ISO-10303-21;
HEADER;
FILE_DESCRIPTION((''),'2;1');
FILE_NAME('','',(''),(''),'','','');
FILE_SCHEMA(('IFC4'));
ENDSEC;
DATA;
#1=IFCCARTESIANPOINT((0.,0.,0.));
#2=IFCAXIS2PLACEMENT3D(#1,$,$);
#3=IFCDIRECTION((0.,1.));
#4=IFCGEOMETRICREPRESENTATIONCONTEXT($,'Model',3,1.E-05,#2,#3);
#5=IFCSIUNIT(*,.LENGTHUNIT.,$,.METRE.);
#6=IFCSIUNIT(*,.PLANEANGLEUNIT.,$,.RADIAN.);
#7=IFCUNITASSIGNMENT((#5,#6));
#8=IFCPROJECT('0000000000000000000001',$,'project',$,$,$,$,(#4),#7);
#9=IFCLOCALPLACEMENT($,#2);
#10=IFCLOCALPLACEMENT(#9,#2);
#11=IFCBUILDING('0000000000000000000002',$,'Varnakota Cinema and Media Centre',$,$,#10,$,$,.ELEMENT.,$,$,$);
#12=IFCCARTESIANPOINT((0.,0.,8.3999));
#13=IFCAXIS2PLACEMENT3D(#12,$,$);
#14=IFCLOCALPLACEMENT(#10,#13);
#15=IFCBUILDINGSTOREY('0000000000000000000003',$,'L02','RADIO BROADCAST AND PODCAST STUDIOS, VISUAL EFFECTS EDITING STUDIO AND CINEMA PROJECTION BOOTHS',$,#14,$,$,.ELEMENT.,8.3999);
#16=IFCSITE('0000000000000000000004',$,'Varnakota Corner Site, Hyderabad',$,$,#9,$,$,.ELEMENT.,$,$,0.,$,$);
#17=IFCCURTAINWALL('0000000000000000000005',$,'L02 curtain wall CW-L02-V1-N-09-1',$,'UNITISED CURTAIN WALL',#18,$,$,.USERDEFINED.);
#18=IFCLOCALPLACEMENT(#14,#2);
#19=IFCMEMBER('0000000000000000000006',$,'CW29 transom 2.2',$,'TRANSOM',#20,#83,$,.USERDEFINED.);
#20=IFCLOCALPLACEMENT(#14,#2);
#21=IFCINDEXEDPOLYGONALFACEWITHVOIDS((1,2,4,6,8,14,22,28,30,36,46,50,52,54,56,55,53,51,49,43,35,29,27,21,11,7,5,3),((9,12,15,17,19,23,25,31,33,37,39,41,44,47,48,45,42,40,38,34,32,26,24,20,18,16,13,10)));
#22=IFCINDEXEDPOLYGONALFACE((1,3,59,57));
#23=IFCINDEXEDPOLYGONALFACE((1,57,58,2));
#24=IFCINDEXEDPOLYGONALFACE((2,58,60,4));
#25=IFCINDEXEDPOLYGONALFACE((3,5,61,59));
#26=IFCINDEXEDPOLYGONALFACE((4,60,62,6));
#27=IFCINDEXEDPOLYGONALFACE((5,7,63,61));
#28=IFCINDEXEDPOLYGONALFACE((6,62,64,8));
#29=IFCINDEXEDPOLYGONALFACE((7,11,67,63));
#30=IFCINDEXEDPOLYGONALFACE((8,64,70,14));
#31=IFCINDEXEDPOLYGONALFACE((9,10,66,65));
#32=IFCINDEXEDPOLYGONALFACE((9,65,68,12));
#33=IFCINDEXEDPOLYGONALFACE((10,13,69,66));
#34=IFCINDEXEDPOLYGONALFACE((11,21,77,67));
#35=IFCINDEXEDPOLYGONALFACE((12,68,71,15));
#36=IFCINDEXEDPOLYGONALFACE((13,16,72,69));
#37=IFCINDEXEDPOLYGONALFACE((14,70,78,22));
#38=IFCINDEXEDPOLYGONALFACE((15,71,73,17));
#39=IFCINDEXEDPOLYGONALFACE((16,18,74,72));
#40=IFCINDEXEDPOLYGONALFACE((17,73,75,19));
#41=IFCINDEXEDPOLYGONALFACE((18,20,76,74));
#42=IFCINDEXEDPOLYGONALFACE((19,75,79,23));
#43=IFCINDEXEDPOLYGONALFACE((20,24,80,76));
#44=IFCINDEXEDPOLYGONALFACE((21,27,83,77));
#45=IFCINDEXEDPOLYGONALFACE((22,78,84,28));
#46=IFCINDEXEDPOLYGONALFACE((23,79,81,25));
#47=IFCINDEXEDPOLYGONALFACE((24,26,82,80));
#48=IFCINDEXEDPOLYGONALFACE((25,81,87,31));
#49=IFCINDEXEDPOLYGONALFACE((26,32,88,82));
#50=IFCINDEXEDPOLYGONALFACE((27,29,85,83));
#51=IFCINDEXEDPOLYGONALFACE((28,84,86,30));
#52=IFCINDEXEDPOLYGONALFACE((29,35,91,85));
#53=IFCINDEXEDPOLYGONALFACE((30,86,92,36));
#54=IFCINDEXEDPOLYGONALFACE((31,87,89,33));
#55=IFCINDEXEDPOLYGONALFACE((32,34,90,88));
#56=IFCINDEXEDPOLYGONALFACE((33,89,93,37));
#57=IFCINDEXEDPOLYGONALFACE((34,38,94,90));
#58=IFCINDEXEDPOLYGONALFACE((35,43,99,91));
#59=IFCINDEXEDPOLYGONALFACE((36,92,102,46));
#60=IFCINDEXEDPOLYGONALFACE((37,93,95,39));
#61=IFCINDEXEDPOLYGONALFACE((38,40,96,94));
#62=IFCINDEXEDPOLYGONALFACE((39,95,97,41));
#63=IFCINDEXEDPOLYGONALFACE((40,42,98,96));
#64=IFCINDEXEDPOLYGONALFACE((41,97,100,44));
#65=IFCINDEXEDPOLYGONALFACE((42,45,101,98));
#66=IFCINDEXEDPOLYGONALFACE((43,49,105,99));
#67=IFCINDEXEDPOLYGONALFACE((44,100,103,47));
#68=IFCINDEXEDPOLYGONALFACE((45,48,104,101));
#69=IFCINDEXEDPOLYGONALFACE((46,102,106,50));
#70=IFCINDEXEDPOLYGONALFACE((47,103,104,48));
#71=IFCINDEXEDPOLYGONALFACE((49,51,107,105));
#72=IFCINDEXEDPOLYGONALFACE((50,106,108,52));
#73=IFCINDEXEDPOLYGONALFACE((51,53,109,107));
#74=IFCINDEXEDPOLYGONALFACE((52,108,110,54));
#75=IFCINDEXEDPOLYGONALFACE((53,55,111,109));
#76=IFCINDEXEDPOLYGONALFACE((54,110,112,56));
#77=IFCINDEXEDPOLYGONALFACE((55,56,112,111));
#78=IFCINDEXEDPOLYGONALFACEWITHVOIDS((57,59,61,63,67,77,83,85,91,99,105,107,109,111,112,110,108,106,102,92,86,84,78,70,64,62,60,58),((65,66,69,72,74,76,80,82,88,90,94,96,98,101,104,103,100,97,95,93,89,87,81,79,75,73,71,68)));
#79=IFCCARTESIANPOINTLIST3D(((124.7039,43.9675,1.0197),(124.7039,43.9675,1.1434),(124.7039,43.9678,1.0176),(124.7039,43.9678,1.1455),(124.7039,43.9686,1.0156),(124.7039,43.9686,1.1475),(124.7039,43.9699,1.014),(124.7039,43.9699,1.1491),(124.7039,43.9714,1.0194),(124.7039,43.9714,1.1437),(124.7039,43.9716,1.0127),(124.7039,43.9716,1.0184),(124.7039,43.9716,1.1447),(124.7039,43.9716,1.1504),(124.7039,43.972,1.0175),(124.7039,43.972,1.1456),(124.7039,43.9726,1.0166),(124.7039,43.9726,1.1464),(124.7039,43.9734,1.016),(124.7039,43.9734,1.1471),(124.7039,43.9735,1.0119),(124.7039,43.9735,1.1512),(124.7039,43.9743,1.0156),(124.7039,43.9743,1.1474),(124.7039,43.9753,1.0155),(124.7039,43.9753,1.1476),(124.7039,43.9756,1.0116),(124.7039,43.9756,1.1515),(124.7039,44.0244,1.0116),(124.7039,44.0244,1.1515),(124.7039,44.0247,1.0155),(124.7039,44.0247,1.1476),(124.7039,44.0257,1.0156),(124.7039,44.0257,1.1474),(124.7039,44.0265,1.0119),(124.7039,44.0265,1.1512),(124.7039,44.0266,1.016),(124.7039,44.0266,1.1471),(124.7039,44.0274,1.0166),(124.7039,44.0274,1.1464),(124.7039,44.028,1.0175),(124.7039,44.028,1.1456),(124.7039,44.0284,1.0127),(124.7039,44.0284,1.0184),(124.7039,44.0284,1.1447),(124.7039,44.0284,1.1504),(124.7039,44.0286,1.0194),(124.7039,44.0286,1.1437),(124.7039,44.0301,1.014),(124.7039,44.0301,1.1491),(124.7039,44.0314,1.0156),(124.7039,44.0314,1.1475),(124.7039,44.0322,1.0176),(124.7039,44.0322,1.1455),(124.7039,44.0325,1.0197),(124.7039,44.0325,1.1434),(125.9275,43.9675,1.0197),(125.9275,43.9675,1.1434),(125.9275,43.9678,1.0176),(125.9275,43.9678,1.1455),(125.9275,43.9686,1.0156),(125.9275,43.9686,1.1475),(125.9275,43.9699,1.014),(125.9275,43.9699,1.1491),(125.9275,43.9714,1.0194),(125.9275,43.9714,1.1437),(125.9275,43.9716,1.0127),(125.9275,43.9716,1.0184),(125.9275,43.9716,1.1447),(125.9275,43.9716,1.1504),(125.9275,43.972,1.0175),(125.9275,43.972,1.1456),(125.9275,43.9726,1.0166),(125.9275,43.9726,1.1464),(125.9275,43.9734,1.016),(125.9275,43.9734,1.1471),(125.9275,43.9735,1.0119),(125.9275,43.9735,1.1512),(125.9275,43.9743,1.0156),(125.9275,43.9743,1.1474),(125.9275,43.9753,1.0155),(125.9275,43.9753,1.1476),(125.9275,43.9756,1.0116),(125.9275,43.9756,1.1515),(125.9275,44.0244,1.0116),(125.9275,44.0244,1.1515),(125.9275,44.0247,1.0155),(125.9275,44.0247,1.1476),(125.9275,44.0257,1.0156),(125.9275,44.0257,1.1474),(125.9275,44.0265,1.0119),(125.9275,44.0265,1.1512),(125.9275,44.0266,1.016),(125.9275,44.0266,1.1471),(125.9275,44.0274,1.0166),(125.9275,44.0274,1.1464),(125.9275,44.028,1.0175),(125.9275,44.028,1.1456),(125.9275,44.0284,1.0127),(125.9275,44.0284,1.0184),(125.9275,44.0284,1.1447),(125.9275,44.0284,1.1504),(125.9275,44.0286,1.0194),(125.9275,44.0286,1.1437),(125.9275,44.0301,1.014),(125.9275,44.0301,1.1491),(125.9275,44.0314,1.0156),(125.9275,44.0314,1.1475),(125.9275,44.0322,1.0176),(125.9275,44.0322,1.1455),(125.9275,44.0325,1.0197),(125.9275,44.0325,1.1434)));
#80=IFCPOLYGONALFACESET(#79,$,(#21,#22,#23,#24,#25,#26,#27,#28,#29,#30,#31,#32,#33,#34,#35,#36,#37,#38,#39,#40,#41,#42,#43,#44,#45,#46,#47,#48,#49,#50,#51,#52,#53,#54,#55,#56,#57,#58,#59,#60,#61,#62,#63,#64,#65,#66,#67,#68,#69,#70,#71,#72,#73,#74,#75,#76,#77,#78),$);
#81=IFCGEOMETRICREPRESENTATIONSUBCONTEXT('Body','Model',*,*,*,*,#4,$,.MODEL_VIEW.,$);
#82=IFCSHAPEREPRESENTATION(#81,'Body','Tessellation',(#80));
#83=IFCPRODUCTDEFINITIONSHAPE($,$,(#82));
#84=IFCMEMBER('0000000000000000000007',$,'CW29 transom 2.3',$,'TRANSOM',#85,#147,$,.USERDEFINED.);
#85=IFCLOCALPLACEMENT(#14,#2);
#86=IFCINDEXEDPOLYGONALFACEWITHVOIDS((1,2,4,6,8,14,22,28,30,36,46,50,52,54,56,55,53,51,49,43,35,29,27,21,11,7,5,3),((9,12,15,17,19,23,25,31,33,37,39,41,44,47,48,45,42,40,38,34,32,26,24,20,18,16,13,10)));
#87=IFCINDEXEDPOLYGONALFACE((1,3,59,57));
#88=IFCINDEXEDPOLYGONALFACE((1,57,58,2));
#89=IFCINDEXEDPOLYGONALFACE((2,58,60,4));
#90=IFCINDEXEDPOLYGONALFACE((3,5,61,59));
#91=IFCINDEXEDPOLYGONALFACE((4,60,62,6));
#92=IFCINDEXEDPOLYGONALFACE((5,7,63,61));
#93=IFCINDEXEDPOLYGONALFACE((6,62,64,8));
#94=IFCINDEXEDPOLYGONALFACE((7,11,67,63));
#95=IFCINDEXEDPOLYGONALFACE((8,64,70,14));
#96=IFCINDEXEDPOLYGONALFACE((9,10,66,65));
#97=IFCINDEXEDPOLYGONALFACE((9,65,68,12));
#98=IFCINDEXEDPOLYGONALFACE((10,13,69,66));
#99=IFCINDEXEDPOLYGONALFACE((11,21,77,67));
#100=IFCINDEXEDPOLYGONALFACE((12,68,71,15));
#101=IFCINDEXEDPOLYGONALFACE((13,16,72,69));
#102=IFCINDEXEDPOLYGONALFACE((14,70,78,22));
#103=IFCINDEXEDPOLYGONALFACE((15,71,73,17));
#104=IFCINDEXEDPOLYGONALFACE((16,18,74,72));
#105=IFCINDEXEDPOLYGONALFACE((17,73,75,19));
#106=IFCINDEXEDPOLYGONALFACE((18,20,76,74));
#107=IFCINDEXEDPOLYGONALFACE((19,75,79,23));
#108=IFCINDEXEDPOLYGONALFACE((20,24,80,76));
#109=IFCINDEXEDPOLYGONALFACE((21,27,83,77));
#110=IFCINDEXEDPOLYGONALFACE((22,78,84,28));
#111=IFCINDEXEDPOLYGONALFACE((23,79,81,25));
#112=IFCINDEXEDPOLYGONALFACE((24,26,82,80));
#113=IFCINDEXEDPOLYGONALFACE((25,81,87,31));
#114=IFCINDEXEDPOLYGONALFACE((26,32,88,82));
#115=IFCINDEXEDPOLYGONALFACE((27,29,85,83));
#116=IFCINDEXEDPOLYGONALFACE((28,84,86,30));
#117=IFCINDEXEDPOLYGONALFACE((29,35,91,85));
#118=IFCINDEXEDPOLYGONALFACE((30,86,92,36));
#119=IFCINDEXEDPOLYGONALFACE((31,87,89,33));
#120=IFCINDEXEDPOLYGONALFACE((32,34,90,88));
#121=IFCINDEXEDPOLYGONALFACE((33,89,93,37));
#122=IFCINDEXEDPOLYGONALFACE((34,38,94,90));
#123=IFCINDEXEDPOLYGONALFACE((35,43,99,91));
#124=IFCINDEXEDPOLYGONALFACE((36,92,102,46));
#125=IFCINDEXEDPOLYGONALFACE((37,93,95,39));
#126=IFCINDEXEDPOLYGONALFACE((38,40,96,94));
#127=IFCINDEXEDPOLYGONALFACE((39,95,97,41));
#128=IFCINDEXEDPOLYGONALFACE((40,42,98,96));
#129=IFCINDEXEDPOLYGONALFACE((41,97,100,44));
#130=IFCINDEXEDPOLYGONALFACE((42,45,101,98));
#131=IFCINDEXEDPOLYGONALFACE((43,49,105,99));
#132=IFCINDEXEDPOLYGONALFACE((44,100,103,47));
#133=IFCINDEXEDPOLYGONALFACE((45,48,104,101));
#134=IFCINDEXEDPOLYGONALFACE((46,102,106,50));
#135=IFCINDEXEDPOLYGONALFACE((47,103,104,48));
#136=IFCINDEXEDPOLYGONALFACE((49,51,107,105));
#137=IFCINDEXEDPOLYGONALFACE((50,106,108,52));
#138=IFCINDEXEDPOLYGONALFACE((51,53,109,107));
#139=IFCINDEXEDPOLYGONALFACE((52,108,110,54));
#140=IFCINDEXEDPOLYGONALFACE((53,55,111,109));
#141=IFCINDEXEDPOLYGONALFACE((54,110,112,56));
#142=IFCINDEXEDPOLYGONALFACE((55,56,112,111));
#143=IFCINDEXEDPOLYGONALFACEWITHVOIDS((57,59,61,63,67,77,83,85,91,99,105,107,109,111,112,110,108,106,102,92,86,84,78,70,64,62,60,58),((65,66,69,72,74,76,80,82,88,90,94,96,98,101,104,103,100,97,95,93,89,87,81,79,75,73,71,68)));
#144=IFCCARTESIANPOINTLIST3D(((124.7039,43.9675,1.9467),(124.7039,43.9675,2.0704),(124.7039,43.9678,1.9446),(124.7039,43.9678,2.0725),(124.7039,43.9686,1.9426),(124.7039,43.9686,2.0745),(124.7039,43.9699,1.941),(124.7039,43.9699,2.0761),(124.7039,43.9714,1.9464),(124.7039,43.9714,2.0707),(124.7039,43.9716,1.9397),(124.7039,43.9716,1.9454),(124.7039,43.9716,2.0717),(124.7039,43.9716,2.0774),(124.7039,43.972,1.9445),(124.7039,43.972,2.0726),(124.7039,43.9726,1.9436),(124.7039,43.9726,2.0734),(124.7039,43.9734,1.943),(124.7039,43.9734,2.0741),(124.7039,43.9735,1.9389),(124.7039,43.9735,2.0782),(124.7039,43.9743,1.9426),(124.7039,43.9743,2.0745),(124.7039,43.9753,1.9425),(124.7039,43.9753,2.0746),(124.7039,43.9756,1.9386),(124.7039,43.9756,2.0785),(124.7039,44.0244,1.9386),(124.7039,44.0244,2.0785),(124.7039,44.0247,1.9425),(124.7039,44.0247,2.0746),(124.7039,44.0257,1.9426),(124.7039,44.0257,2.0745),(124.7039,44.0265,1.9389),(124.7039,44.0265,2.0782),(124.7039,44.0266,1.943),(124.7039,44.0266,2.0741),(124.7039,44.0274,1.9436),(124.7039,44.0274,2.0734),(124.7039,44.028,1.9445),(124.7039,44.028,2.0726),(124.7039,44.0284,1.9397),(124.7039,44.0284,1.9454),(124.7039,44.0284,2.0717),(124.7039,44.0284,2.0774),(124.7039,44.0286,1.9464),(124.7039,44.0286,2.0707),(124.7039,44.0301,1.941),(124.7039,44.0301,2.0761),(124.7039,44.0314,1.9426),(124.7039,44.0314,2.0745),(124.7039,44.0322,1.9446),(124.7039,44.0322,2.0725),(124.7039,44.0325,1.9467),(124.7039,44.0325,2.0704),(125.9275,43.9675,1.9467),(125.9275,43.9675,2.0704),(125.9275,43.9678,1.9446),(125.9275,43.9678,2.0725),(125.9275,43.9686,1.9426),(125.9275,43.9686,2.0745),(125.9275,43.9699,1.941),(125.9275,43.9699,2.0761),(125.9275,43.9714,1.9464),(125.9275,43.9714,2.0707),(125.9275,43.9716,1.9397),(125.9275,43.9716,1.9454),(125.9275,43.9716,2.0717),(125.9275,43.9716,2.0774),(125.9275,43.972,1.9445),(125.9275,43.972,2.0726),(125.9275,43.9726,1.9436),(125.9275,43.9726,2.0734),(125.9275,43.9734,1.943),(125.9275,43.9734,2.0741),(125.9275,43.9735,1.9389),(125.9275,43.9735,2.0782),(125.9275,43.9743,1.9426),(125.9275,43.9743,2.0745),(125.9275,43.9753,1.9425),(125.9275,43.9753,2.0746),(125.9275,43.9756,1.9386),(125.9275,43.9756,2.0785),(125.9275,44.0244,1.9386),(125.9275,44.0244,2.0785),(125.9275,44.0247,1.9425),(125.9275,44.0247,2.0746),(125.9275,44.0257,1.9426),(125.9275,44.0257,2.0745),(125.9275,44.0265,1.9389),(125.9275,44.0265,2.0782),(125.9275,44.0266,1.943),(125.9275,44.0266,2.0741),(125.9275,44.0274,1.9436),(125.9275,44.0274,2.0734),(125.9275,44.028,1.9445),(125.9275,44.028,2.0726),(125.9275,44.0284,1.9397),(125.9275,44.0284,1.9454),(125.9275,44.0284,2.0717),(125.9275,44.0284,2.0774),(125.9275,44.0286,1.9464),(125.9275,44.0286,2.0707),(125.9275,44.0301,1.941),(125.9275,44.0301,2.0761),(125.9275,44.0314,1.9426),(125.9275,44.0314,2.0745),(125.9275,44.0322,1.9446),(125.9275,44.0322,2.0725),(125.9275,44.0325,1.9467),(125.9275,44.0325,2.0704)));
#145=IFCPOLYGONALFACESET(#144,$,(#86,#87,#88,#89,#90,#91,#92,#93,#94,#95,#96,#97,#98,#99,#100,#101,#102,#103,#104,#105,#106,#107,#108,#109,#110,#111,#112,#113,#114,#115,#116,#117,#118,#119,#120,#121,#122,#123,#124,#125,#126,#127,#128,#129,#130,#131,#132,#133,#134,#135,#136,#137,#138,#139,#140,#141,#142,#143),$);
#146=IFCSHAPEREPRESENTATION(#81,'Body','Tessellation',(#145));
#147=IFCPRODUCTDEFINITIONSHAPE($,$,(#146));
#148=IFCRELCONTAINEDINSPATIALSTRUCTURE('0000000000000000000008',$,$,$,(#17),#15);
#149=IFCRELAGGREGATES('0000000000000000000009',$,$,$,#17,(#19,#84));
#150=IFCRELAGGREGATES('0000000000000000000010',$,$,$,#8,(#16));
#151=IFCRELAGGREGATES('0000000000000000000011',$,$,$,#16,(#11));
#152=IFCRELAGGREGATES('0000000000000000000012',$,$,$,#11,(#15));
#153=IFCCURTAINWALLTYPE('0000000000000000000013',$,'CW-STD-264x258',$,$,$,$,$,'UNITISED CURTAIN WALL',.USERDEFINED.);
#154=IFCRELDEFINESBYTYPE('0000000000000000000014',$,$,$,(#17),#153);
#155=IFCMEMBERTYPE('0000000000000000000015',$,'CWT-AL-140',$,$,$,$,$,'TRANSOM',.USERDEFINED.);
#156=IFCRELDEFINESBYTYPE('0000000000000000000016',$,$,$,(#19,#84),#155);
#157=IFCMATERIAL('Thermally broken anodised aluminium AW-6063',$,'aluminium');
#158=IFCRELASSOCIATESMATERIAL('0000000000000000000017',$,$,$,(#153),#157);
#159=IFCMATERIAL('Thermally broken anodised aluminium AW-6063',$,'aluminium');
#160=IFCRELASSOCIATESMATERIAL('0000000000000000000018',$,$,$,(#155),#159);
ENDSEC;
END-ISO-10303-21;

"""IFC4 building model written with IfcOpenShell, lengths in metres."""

from ifc_helpers import new_model, si_unit, direction, frame, origin, origin_2d, place, context, subcontext, project, spatial, hollow_rectangle, extrude, material, material_profile, profile_set, type_object, element, aggregate, save


model = new_model("IFC4")

# Units and contexts
model_context = context("Model", 3, precision=1e-05, world=origin(), true_north=direction((0.0, 1.0)))
body_context = subcontext(model_context, "Body", "Model", "MODEL_VIEW")
ifc_project = project(units=[si_unit("LENGTHUNIT", "METRE"), si_unit("PLANEANGLEUNIT", "RADIAN")], contexts=[model_context])

# Site, building, storey
site_placement = place(None, origin())
site = spatial("IfcSite", under=ifc_project, at=site_placement, Name="Varnakota Corner Site, Hyderabad", CompositionType="ELEMENT", RefElevation=0.0)
building_placement = place(site_placement, origin())
building = spatial("IfcBuilding", under=site, at=building_placement, Name="Varnakota Cinema and Media Centre", CompositionType="ELEMENT")
storey_placement = place(building_placement, frame((0.0, 0.0, 8.3999)))
storey = spatial("IfcBuildingStorey", under=building, at=storey_placement, Name="L02", Description="RADIO BROADCAST AND PODCAST STUDIOS, VISUAL EFFECTS EDITING STUDIO AND CINEMA PROJECTION BOOTHS", CompositionType="ELEMENT", Elevation=8.3999)

# Shared definitions
ifc_material_1 = material(Name="Thermally broken anodised aluminium AW-6063", Category="aluminium")
curtain_wall_type = type_object("IfcCurtainWallType", Name="CW-STD-264x258", ElementType="UNITISED CURTAIN WALL", PredefinedType="USERDEFINED", material=ifc_material_1)

# Curtain wall
curtain_wall_1_placement = place(storey_placement, origin())
curtain_wall_1 = element("IfcCurtainWall", 1, at=curtain_wall_1_placement, inside=storey, type_object=curtain_wall_type, Name="L02 curtain wall CW-L02-V1-N-09-1", ObjectType="UNITISED CURTAIN WALL", PredefinedType="USERDEFINED")

# Members
ifc_material_2 = material(Name="Thermally broken anodised aluminium AW-6063", Category="aluminium")
ifc_material_profile_1 = material_profile(ifc_material_2, hollow_rectangle(XDim=0.0649, YDim=0.1399, WallThickness=0.0039, InnerFilletRadius=0.0039, OuterFilletRadius=0.0081, at=origin_2d()), Name="AL-TRANSOM 140x65x4")
ifc_profile_set_1 = profile_set([ifc_material_profile_1], Name="Thermally broken anodised aluminium AW-6063")
member_type_1 = type_object("IfcMemberType", Name="CWT-AL-140", ElementType="TRANSOM", PredefinedType="USERDEFINED", material=ifc_profile_set_1)
member_1_placement = place(storey_placement, frame((124.7039, 44.0, 1.0815), z_axis=(1.0, 0.0, 0.0), x_axis=(0.0, 1.0, 0.0)))
member_1 = element("IfcMember", 2, at=member_1_placement, type_object=member_type_1, Name="CW29 transom 2.2", ObjectType="TRANSOM", PredefinedType="USERDEFINED", context=body_context, shape_type="SweptSolid", body=[
    extrude(hollow_rectangle(XDim=0.0649, YDim=0.1399, WallThickness=0.0039, InnerFilletRadius=0.0039, OuterFilletRadius=0.0081, at=origin_2d()), origin(), (0.0, 0.0, 1.0), 1.2236),
])
member_2_placement = place(storey_placement, frame((124.7039, 44.0, 2.0085), z_axis=(1.0, 0.0, 0.0), x_axis=(0.0, 1.0, 0.0)))
member_2 = element("IfcMember", 3, at=member_2_placement, type_object=member_type_1, Name="CW29 transom 2.3", ObjectType="TRANSOM", PredefinedType="USERDEFINED", context=body_context, shape_type="SweptSolid", body=[
    extrude(hollow_rectangle(XDim=0.0649, YDim=0.1399, WallThickness=0.0039, InnerFilletRadius=0.0039, OuterFilletRadius=0.0081, at=origin_2d()), origin(), (0.0, 0.0, 1.0), 1.2236),
])

aggregate(curtain_wall_1, [member_1, member_2])

save(model, "model.ifc")
